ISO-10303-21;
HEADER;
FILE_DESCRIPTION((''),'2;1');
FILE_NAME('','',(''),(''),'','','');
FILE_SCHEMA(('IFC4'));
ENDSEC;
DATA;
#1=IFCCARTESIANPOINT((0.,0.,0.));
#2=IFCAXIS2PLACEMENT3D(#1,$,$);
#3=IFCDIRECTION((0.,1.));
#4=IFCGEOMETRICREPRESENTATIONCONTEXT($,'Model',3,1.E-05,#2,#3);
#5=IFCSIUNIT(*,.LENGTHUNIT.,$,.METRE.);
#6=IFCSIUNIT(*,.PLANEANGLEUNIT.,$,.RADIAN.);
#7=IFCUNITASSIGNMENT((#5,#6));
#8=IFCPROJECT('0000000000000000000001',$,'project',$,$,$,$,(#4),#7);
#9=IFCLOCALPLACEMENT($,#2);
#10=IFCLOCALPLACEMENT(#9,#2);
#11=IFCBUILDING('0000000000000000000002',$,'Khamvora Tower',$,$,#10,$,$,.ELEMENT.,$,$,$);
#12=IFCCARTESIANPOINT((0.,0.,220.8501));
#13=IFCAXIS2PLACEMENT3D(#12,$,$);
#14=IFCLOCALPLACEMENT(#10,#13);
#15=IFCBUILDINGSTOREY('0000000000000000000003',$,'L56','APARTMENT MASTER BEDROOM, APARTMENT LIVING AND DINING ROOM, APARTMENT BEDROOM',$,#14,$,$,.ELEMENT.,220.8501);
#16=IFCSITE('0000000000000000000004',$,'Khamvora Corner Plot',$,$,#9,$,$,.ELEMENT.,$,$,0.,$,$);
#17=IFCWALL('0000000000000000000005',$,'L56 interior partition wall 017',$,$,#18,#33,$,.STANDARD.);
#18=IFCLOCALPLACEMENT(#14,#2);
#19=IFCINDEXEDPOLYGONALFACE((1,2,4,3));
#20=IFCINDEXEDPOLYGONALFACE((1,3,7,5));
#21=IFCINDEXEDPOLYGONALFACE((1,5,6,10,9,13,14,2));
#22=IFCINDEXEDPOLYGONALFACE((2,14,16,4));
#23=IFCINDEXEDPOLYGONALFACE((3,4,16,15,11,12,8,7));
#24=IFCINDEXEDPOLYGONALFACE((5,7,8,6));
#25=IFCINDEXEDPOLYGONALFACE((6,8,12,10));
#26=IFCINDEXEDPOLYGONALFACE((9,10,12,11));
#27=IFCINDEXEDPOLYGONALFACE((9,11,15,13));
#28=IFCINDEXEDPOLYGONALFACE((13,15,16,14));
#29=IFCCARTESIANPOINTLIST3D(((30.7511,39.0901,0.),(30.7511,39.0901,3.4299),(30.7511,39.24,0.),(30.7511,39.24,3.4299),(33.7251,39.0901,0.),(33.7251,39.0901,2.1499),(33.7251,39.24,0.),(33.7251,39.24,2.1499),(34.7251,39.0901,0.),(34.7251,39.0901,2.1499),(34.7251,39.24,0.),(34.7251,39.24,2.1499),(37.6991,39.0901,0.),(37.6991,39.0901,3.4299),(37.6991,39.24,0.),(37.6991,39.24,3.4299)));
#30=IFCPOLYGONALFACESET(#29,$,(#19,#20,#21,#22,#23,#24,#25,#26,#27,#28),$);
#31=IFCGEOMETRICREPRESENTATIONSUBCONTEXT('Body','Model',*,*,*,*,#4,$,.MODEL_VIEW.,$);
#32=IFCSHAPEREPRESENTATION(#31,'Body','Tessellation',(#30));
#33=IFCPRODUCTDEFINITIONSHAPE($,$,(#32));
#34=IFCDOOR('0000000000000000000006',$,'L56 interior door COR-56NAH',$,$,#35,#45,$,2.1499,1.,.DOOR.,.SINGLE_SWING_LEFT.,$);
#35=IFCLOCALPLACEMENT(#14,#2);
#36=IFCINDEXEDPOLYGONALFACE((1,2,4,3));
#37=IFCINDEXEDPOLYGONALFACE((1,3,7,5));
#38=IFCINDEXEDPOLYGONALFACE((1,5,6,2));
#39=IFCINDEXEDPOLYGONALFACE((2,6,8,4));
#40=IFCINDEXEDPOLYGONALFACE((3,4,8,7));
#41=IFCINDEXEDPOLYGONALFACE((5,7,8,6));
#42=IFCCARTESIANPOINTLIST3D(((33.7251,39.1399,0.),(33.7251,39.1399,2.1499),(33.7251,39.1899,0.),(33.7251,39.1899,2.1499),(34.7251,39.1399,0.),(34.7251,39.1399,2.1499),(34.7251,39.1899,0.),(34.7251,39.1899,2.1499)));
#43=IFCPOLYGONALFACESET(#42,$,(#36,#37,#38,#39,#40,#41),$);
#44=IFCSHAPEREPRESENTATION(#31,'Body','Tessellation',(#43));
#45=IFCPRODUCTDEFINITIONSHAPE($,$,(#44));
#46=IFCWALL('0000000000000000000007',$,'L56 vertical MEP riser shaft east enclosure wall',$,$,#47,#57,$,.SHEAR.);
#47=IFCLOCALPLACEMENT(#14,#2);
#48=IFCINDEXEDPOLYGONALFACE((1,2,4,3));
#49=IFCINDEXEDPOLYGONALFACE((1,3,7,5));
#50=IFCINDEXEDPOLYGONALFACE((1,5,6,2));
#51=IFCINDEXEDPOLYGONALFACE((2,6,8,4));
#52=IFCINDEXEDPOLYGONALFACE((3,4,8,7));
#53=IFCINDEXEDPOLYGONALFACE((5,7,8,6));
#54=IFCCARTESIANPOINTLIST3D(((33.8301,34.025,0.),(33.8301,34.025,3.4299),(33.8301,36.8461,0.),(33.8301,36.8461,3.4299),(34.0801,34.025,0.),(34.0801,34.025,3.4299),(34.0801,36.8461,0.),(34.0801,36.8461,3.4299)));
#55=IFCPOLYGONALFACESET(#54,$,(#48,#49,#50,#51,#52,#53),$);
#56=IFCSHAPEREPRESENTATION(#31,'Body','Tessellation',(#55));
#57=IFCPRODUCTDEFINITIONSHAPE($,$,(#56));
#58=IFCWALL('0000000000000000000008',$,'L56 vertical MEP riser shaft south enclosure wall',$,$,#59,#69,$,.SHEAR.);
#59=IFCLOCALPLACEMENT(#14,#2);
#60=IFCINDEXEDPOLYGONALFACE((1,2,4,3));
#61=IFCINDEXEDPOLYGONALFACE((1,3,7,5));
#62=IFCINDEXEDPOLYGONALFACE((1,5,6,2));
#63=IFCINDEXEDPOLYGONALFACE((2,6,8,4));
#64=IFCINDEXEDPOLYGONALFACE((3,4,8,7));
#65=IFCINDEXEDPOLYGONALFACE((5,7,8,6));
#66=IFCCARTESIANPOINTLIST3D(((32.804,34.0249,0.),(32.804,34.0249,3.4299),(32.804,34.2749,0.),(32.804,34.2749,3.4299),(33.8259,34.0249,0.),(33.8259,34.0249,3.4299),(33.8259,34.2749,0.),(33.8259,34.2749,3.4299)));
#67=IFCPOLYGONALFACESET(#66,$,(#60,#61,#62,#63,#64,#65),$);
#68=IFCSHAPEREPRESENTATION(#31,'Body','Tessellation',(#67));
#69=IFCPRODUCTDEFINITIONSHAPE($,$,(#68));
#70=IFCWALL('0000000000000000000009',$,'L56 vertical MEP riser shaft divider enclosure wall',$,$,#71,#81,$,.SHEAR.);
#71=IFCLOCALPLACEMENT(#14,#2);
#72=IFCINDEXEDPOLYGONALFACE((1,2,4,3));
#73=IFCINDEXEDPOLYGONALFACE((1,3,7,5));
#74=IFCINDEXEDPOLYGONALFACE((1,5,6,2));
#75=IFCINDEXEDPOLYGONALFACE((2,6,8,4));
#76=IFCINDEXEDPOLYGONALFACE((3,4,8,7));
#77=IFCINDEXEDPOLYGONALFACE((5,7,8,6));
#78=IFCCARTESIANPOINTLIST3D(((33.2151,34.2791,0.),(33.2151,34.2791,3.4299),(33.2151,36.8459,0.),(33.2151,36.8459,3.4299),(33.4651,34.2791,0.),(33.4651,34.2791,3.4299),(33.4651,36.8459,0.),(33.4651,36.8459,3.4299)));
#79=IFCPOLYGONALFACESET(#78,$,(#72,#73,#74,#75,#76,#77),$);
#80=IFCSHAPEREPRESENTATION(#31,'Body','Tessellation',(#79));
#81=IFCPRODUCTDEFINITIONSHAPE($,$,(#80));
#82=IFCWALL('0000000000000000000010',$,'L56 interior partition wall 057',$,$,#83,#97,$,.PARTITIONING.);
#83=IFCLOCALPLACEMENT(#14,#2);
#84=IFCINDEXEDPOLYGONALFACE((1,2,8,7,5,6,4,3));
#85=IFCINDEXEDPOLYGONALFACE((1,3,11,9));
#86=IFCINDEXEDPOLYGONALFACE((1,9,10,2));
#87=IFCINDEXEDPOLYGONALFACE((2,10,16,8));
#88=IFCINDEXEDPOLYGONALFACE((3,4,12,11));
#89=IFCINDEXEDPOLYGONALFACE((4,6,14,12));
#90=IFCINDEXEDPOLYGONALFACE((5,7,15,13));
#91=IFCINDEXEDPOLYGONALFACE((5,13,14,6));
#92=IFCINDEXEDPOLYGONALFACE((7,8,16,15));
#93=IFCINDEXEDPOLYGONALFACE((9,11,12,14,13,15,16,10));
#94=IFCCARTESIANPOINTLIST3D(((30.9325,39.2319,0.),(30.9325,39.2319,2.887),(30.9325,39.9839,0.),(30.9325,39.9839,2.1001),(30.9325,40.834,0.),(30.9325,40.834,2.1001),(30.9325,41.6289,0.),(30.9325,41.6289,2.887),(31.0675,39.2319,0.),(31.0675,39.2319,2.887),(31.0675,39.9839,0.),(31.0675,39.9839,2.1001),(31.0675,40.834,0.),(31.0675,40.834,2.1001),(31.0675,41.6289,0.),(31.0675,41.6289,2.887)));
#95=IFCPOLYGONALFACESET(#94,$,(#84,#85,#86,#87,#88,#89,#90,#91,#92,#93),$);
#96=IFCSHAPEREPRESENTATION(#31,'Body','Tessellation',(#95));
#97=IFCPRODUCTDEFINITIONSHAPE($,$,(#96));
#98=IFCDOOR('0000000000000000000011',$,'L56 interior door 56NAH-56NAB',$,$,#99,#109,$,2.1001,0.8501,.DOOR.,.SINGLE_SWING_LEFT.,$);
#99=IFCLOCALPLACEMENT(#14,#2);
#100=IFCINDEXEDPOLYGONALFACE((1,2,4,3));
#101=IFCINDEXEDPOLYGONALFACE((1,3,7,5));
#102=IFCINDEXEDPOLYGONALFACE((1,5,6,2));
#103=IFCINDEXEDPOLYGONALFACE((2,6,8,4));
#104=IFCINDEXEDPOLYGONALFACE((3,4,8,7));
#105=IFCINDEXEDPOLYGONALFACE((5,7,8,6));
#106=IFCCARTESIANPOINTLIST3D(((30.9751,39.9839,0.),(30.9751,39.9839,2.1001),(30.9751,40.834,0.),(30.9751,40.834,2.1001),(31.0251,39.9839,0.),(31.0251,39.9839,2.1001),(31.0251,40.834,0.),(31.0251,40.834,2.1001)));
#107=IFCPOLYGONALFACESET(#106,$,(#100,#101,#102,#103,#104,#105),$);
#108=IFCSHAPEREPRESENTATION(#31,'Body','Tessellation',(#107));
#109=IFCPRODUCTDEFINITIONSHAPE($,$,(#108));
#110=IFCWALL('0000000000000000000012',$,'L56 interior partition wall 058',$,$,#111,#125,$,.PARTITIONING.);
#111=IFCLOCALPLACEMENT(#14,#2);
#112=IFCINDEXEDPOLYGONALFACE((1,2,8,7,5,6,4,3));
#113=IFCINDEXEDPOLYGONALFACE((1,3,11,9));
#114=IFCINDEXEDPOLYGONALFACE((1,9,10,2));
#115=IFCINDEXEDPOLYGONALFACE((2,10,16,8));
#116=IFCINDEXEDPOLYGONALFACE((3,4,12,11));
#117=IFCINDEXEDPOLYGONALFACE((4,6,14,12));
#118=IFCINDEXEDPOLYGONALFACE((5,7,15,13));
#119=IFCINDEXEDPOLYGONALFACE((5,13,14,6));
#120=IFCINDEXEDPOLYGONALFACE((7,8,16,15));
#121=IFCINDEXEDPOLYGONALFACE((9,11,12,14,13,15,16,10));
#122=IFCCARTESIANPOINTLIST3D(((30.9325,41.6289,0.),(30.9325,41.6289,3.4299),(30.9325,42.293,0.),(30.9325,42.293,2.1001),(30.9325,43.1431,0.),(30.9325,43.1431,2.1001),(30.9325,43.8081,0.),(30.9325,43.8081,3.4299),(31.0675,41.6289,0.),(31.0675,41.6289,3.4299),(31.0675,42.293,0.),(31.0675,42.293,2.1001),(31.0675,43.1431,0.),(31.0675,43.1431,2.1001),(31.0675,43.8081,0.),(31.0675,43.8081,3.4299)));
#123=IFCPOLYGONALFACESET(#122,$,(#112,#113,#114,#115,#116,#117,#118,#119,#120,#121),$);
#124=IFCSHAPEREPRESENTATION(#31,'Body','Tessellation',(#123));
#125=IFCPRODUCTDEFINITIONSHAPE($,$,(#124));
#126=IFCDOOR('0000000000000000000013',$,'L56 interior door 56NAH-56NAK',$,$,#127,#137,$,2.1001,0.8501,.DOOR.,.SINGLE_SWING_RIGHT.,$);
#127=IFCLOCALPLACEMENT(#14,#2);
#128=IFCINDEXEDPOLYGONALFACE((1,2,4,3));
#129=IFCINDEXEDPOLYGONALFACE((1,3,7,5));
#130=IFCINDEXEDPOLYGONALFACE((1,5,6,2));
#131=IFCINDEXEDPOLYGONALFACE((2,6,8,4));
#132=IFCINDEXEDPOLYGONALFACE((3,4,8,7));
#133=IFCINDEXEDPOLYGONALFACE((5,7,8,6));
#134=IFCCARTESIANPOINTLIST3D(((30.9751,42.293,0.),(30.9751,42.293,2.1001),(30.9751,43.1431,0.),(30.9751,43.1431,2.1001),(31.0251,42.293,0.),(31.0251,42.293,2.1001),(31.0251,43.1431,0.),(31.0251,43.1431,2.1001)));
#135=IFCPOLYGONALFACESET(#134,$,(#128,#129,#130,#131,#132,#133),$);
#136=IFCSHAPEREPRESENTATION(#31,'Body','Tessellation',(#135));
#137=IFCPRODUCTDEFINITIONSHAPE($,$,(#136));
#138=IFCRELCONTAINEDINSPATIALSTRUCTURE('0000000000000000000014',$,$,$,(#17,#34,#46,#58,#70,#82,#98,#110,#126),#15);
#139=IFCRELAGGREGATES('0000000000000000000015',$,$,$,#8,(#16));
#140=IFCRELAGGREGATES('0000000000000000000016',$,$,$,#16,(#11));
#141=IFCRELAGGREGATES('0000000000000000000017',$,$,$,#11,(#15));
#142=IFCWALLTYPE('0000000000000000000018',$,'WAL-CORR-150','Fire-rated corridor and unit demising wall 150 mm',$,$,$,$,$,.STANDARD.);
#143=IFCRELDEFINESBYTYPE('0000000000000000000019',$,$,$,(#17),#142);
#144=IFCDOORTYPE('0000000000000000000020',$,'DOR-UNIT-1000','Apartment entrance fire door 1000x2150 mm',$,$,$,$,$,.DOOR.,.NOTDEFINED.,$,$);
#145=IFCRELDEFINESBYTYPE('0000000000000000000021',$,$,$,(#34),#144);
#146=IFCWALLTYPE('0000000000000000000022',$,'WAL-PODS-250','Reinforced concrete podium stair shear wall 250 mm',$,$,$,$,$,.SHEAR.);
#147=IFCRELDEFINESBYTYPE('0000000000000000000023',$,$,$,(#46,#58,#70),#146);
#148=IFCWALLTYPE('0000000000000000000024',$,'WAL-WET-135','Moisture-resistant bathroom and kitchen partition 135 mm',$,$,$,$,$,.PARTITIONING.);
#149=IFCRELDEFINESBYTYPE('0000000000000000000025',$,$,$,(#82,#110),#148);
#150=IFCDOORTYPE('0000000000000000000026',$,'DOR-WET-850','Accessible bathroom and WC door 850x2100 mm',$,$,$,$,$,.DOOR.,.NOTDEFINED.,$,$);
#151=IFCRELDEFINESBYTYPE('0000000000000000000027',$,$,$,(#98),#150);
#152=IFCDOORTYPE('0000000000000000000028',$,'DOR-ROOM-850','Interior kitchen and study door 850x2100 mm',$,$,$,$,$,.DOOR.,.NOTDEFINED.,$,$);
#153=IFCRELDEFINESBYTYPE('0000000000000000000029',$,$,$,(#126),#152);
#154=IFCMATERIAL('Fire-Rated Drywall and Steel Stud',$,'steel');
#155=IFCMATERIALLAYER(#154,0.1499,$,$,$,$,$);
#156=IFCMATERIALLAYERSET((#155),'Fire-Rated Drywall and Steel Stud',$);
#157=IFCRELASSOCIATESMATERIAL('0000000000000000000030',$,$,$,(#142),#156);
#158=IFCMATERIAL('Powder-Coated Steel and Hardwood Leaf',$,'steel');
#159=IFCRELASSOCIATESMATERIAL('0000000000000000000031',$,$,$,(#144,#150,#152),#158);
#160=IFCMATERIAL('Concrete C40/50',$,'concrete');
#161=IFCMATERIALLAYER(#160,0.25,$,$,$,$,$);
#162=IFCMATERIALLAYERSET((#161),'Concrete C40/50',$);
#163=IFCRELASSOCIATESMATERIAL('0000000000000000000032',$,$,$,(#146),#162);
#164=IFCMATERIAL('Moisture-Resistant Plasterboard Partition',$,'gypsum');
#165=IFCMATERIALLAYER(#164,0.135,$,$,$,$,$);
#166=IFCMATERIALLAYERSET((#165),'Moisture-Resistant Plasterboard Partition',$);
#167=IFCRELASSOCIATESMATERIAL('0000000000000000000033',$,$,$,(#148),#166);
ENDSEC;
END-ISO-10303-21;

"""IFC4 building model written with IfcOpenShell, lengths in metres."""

from ifc_helpers import new_model, si_unit, direction, frame, frame_2d, origin, place, context, subcontext, project, spatial, rectangle, extrude, material, layer, layer_set, type_object, element, fill, save


model = new_model("IFC4")

# Units and contexts
model_context = context("Model", 3, precision=1e-05, world=origin(), true_north=direction((0.0, 1.0)))
body_context = subcontext(model_context, "Body", "Model", "MODEL_VIEW")
ifc_project = project(units=[si_unit("LENGTHUNIT", "METRE"), si_unit("PLANEANGLEUNIT", "RADIAN")], contexts=[model_context])

# Site, building, storey
site_placement = place(None, origin())
site = spatial("IfcSite", under=ifc_project, at=site_placement, Name="Khamvora Corner Plot", CompositionType="ELEMENT", RefElevation=0.0)
building_placement = place(site_placement, origin())
building = spatial("IfcBuilding", under=site, at=building_placement, Name="Khamvora Tower", CompositionType="ELEMENT")
storey_placement = place(building_placement, frame((0.0, 0.0, 220.8501)))
storey = spatial("IfcBuildingStorey", under=building, at=storey_placement, Name="L56", Description="APARTMENT MASTER BEDROOM, APARTMENT LIVING AND DINING ROOM, APARTMENT BEDROOM", CompositionType="ELEMENT", Elevation=220.8501)

# Wall, opening, door
ifc_material_1 = material(Name="Powder-Coated Steel and Hardwood Leaf", Category="steel")
ifc_material_2 = material(Name="Fire-Rated Drywall and Steel Stud", Category="steel")
ifc_layer_1 = layer(ifc_material_2, 0.1499)
ifc_layer_set_1 = layer_set([ifc_layer_1], Name="Fire-Rated Drywall and Steel Stud")
wall_type_1 = type_object("IfcWallType", Name="WAL-CORR-150", Description="Fire-rated corridor and unit demising wall 150 mm", PredefinedType="STANDARD", material=ifc_layer_set_1)
wall_1_placement = place(storey_placement, frame((30.751, 39.165, 0.0), z_axis=(0.0, 0.0, 1.0), x_axis=(1.0, 0.0, 0.0)))
wall_1 = element("IfcWall", 1, at=wall_1_placement, inside=storey, type_object=wall_type_1, Name="L56 interior partition wall 017", PredefinedType="STANDARD", context=body_context, shape_type="SweptSolid", body=[
    extrude(rectangle(XDim=6.948, YDim=0.1499, at=frame_2d((3.4741, 0.0))), origin(), (0.0, 0.0, 1.0), 3.4299),
])
opening_1_placement = place(wall_1_placement, frame((2.9741, 0.0, 0.0)))
opening_1 = element("IfcOpeningElement", 2, at=opening_1_placement, cuts=wall_1, PredefinedType="OPENING", context=body_context, shape_type="SweptSolid", body=[
    extrude(rectangle(XDim=1.0, YDim=2.1499, at=frame_2d((0.5, 1.075))), frame((0.0, 0.085, 0.0), z_axis=(0.0, -1.0, 0.0), x_axis=(1.0, 0.0, 0.0)), (0.0, 0.0, 1.0), 0.1699),
])
door_type_1 = type_object("IfcDoorType", Name="DOR-UNIT-1000", Description="Apartment entrance fire door 1000x2150 mm", OperationType="NOTDEFINED", PredefinedType="DOOR", material=ifc_material_1)
door_1_placement = place(opening_1_placement, origin())
door_1 = element("IfcDoor", 3, at=door_1_placement, inside=storey, type_object=door_type_1, Name="L56 interior door COR-56NAH", OperationType="SINGLE_SWING_LEFT", OverallHeight=2.1499, OverallWidth=1.0, PredefinedType="DOOR", context=body_context, shape_type="SweptSolid", body=[
    extrude(rectangle(XDim=1.0, YDim=2.1499, at=frame_2d((0.5, 1.075))), frame((0.0, 0.0249, 0.0), z_axis=(0.0, -1.0, 0.0), x_axis=(1.0, 0.0, 0.0)), (0.0, 0.0, 1.0), 0.05),
])
fill(opening_1, door_1)

# Walls
ifc_material_3 = material(Name="Concrete C40/50", Category="concrete")
ifc_layer_2 = layer(ifc_material_3, 0.25)
ifc_layer_set_2 = layer_set([ifc_layer_2], Name="Concrete C40/50")
wall_type_2 = type_object("IfcWallType", Name="WAL-PODS-250", Description="Reinforced concrete podium stair shear wall 250 mm", PredefinedType="SHEAR", material=ifc_layer_set_2)
wall_2_placement = place(storey_placement, frame((33.9551, 34.0249, 0.0), z_axis=(0.0, 0.0, 1.0), x_axis=(0.0, 1.0, 0.0)))
element("IfcWall", 4, at=wall_2_placement, inside=storey, type_object=wall_type_2, Name="L56 vertical MEP riser shaft east enclosure wall", PredefinedType="SHEAR", context=body_context, shape_type="SweptSolid", body=[
    extrude(rectangle(XDim=2.821, YDim=0.25, at=frame_2d((1.4106, 0.0))), origin(), (0.0, 0.0, 1.0), 3.4299),
])
wall_3_placement = place(storey_placement, frame((32.804, 34.1499, 0.0), z_axis=(0.0, 0.0, 1.0), x_axis=(1.0, 0.0, 0.0)))
element("IfcWall", 5, at=wall_3_placement, inside=storey, type_object=wall_type_2, Name="L56 vertical MEP riser shaft south enclosure wall", PredefinedType="SHEAR", context=body_context, shape_type="SweptSolid", body=[
    extrude(rectangle(XDim=1.022, YDim=0.25, at=frame_2d((0.511, 0.0))), origin(), (0.0, 0.0, 1.0), 3.4299),
])
wall_4_placement = place(storey_placement, frame((33.3401, 34.2791, 0.0), z_axis=(0.0, 0.0, 1.0), x_axis=(0.0, 1.0, 0.0)))
element("IfcWall", 6, at=wall_4_placement, inside=storey, type_object=wall_type_2, Name="L56 vertical MEP riser shaft divider enclosure wall", PredefinedType="SHEAR", context=body_context, shape_type="SweptSolid", body=[
    extrude(rectangle(XDim=2.5669, YDim=0.25, at=frame_2d((1.2834, 0.0))), origin(), (0.0, 0.0, 1.0), 3.4299),
])

# Walls, openings, doors
ifc_material_4 = material(Name="Moisture-Resistant Plasterboard Partition", Category="gypsum")
ifc_layer_3 = layer(ifc_material_4, 0.135)
ifc_layer_set_3 = layer_set([ifc_layer_3], Name="Moisture-Resistant Plasterboard Partition")
wall_type_3 = type_object("IfcWallType", Name="WAL-WET-135", Description="Moisture-resistant bathroom and kitchen partition 135 mm", PredefinedType="PARTITIONING", material=ifc_layer_set_3)
wall_5_placement = place(storey_placement, frame((31.0, 39.2319, 0.0), z_axis=(0.0, 0.0, 1.0), x_axis=(0.0, 1.0, 0.0)))
wall_5 = element("IfcWall", 7, at=wall_5_placement, inside=storey, type_object=wall_type_3, Name="L56 interior partition wall 057", PredefinedType="PARTITIONING", context=body_context, shape_type="SweptSolid", body=[
    extrude(rectangle(XDim=2.397, YDim=0.135, at=frame_2d((1.1985, 0.0))), origin(), (0.0, 0.0, 1.0), 2.887),
])
opening_2_placement = place(wall_5_placement, frame((0.752, 0.0, 0.0)))
opening_2 = element("IfcOpeningElement", 8, at=opening_2_placement, cuts=wall_5, PredefinedType="OPENING", context=body_context, shape_type="SweptSolid", body=[
    extrude(rectangle(XDim=0.8501, YDim=2.1001, at=frame_2d((0.425, 1.05))), frame((0.0, 0.0774, 0.0), z_axis=(0.0, -1.0, 0.0), x_axis=(1.0, 0.0, 0.0)), (0.0, 0.0, 1.0), 0.155),
])
door_type_2 = type_object("IfcDoorType", Name="DOR-WET-850", Description="Accessible bathroom and WC door 850x2100 mm", OperationType="NOTDEFINED", PredefinedType="DOOR", material=ifc_material_1)
door_2_placement = place(opening_2_placement, origin())
door_2 = element("IfcDoor", 9, at=door_2_placement, inside=storey, type_object=door_type_2, Name="L56 interior door 56NAH-56NAB", OperationType="SINGLE_SWING_LEFT", OverallHeight=2.1001, OverallWidth=0.8501, PredefinedType="DOOR", context=body_context, shape_type="SweptSolid", body=[
    extrude(rectangle(XDim=0.8501, YDim=2.1001, at=frame_2d((0.425, 1.05))), frame((0.0, 0.0249, 0.0), z_axis=(0.0, -1.0, 0.0), x_axis=(1.0, 0.0, 0.0)), (0.0, 0.0, 1.0), 0.05),
])
fill(opening_2, door_2)
wall_6_placement = place(storey_placement, frame((31.0, 41.6289, 0.0), z_axis=(0.0, 0.0, 1.0), x_axis=(0.0, 1.0, 0.0)))
wall_6 = element("IfcWall", 10, at=wall_6_placement, inside=storey, type_object=wall_type_3, Name="L56 interior partition wall 058", PredefinedType="PARTITIONING", context=body_context, shape_type="SweptSolid", body=[
    extrude(rectangle(XDim=2.1792, YDim=0.135, at=frame_2d((1.0896, 0.0))), origin(), (0.0, 0.0, 1.0), 3.4299),
])
opening_3_placement = place(wall_6_placement, frame((0.6641, 0.0, 0.0)))
opening_3 = element("IfcOpeningElement", 11, at=opening_3_placement, cuts=wall_6, PredefinedType="OPENING", context=body_context, shape_type="SweptSolid", body=[
    extrude(rectangle(XDim=0.8501, YDim=2.1001, at=frame_2d((0.425, 1.05))), frame((0.0, 0.0774, 0.0), z_axis=(0.0, -1.0, 0.0), x_axis=(1.0, 0.0, 0.0)), (0.0, 0.0, 1.0), 0.155),
])
door_type_3 = type_object("IfcDoorType", Name="DOR-ROOM-850", Description="Interior kitchen and study door 850x2100 mm", OperationType="NOTDEFINED", PredefinedType="DOOR", material=ifc_material_1)
door_3_placement = place(opening_3_placement, origin())
door_3 = element("IfcDoor", 12, at=door_3_placement, inside=storey, type_object=door_type_3, Name="L56 interior door 56NAH-56NAK", OperationType="SINGLE_SWING_RIGHT", OverallHeight=2.1001, OverallWidth=0.8501, PredefinedType="DOOR", context=body_context, shape_type="SweptSolid", body=[
    extrude(rectangle(XDim=0.8501, YDim=2.1001, at=frame_2d((0.425, 1.05))), frame((0.0, 0.0249, 0.0), z_axis=(0.0, -1.0, 0.0), x_axis=(1.0, 0.0, 0.0)), (0.0, 0.0, 1.0), 0.05),
])
fill(opening_3, door_3)

save(model, "model.ifc")
